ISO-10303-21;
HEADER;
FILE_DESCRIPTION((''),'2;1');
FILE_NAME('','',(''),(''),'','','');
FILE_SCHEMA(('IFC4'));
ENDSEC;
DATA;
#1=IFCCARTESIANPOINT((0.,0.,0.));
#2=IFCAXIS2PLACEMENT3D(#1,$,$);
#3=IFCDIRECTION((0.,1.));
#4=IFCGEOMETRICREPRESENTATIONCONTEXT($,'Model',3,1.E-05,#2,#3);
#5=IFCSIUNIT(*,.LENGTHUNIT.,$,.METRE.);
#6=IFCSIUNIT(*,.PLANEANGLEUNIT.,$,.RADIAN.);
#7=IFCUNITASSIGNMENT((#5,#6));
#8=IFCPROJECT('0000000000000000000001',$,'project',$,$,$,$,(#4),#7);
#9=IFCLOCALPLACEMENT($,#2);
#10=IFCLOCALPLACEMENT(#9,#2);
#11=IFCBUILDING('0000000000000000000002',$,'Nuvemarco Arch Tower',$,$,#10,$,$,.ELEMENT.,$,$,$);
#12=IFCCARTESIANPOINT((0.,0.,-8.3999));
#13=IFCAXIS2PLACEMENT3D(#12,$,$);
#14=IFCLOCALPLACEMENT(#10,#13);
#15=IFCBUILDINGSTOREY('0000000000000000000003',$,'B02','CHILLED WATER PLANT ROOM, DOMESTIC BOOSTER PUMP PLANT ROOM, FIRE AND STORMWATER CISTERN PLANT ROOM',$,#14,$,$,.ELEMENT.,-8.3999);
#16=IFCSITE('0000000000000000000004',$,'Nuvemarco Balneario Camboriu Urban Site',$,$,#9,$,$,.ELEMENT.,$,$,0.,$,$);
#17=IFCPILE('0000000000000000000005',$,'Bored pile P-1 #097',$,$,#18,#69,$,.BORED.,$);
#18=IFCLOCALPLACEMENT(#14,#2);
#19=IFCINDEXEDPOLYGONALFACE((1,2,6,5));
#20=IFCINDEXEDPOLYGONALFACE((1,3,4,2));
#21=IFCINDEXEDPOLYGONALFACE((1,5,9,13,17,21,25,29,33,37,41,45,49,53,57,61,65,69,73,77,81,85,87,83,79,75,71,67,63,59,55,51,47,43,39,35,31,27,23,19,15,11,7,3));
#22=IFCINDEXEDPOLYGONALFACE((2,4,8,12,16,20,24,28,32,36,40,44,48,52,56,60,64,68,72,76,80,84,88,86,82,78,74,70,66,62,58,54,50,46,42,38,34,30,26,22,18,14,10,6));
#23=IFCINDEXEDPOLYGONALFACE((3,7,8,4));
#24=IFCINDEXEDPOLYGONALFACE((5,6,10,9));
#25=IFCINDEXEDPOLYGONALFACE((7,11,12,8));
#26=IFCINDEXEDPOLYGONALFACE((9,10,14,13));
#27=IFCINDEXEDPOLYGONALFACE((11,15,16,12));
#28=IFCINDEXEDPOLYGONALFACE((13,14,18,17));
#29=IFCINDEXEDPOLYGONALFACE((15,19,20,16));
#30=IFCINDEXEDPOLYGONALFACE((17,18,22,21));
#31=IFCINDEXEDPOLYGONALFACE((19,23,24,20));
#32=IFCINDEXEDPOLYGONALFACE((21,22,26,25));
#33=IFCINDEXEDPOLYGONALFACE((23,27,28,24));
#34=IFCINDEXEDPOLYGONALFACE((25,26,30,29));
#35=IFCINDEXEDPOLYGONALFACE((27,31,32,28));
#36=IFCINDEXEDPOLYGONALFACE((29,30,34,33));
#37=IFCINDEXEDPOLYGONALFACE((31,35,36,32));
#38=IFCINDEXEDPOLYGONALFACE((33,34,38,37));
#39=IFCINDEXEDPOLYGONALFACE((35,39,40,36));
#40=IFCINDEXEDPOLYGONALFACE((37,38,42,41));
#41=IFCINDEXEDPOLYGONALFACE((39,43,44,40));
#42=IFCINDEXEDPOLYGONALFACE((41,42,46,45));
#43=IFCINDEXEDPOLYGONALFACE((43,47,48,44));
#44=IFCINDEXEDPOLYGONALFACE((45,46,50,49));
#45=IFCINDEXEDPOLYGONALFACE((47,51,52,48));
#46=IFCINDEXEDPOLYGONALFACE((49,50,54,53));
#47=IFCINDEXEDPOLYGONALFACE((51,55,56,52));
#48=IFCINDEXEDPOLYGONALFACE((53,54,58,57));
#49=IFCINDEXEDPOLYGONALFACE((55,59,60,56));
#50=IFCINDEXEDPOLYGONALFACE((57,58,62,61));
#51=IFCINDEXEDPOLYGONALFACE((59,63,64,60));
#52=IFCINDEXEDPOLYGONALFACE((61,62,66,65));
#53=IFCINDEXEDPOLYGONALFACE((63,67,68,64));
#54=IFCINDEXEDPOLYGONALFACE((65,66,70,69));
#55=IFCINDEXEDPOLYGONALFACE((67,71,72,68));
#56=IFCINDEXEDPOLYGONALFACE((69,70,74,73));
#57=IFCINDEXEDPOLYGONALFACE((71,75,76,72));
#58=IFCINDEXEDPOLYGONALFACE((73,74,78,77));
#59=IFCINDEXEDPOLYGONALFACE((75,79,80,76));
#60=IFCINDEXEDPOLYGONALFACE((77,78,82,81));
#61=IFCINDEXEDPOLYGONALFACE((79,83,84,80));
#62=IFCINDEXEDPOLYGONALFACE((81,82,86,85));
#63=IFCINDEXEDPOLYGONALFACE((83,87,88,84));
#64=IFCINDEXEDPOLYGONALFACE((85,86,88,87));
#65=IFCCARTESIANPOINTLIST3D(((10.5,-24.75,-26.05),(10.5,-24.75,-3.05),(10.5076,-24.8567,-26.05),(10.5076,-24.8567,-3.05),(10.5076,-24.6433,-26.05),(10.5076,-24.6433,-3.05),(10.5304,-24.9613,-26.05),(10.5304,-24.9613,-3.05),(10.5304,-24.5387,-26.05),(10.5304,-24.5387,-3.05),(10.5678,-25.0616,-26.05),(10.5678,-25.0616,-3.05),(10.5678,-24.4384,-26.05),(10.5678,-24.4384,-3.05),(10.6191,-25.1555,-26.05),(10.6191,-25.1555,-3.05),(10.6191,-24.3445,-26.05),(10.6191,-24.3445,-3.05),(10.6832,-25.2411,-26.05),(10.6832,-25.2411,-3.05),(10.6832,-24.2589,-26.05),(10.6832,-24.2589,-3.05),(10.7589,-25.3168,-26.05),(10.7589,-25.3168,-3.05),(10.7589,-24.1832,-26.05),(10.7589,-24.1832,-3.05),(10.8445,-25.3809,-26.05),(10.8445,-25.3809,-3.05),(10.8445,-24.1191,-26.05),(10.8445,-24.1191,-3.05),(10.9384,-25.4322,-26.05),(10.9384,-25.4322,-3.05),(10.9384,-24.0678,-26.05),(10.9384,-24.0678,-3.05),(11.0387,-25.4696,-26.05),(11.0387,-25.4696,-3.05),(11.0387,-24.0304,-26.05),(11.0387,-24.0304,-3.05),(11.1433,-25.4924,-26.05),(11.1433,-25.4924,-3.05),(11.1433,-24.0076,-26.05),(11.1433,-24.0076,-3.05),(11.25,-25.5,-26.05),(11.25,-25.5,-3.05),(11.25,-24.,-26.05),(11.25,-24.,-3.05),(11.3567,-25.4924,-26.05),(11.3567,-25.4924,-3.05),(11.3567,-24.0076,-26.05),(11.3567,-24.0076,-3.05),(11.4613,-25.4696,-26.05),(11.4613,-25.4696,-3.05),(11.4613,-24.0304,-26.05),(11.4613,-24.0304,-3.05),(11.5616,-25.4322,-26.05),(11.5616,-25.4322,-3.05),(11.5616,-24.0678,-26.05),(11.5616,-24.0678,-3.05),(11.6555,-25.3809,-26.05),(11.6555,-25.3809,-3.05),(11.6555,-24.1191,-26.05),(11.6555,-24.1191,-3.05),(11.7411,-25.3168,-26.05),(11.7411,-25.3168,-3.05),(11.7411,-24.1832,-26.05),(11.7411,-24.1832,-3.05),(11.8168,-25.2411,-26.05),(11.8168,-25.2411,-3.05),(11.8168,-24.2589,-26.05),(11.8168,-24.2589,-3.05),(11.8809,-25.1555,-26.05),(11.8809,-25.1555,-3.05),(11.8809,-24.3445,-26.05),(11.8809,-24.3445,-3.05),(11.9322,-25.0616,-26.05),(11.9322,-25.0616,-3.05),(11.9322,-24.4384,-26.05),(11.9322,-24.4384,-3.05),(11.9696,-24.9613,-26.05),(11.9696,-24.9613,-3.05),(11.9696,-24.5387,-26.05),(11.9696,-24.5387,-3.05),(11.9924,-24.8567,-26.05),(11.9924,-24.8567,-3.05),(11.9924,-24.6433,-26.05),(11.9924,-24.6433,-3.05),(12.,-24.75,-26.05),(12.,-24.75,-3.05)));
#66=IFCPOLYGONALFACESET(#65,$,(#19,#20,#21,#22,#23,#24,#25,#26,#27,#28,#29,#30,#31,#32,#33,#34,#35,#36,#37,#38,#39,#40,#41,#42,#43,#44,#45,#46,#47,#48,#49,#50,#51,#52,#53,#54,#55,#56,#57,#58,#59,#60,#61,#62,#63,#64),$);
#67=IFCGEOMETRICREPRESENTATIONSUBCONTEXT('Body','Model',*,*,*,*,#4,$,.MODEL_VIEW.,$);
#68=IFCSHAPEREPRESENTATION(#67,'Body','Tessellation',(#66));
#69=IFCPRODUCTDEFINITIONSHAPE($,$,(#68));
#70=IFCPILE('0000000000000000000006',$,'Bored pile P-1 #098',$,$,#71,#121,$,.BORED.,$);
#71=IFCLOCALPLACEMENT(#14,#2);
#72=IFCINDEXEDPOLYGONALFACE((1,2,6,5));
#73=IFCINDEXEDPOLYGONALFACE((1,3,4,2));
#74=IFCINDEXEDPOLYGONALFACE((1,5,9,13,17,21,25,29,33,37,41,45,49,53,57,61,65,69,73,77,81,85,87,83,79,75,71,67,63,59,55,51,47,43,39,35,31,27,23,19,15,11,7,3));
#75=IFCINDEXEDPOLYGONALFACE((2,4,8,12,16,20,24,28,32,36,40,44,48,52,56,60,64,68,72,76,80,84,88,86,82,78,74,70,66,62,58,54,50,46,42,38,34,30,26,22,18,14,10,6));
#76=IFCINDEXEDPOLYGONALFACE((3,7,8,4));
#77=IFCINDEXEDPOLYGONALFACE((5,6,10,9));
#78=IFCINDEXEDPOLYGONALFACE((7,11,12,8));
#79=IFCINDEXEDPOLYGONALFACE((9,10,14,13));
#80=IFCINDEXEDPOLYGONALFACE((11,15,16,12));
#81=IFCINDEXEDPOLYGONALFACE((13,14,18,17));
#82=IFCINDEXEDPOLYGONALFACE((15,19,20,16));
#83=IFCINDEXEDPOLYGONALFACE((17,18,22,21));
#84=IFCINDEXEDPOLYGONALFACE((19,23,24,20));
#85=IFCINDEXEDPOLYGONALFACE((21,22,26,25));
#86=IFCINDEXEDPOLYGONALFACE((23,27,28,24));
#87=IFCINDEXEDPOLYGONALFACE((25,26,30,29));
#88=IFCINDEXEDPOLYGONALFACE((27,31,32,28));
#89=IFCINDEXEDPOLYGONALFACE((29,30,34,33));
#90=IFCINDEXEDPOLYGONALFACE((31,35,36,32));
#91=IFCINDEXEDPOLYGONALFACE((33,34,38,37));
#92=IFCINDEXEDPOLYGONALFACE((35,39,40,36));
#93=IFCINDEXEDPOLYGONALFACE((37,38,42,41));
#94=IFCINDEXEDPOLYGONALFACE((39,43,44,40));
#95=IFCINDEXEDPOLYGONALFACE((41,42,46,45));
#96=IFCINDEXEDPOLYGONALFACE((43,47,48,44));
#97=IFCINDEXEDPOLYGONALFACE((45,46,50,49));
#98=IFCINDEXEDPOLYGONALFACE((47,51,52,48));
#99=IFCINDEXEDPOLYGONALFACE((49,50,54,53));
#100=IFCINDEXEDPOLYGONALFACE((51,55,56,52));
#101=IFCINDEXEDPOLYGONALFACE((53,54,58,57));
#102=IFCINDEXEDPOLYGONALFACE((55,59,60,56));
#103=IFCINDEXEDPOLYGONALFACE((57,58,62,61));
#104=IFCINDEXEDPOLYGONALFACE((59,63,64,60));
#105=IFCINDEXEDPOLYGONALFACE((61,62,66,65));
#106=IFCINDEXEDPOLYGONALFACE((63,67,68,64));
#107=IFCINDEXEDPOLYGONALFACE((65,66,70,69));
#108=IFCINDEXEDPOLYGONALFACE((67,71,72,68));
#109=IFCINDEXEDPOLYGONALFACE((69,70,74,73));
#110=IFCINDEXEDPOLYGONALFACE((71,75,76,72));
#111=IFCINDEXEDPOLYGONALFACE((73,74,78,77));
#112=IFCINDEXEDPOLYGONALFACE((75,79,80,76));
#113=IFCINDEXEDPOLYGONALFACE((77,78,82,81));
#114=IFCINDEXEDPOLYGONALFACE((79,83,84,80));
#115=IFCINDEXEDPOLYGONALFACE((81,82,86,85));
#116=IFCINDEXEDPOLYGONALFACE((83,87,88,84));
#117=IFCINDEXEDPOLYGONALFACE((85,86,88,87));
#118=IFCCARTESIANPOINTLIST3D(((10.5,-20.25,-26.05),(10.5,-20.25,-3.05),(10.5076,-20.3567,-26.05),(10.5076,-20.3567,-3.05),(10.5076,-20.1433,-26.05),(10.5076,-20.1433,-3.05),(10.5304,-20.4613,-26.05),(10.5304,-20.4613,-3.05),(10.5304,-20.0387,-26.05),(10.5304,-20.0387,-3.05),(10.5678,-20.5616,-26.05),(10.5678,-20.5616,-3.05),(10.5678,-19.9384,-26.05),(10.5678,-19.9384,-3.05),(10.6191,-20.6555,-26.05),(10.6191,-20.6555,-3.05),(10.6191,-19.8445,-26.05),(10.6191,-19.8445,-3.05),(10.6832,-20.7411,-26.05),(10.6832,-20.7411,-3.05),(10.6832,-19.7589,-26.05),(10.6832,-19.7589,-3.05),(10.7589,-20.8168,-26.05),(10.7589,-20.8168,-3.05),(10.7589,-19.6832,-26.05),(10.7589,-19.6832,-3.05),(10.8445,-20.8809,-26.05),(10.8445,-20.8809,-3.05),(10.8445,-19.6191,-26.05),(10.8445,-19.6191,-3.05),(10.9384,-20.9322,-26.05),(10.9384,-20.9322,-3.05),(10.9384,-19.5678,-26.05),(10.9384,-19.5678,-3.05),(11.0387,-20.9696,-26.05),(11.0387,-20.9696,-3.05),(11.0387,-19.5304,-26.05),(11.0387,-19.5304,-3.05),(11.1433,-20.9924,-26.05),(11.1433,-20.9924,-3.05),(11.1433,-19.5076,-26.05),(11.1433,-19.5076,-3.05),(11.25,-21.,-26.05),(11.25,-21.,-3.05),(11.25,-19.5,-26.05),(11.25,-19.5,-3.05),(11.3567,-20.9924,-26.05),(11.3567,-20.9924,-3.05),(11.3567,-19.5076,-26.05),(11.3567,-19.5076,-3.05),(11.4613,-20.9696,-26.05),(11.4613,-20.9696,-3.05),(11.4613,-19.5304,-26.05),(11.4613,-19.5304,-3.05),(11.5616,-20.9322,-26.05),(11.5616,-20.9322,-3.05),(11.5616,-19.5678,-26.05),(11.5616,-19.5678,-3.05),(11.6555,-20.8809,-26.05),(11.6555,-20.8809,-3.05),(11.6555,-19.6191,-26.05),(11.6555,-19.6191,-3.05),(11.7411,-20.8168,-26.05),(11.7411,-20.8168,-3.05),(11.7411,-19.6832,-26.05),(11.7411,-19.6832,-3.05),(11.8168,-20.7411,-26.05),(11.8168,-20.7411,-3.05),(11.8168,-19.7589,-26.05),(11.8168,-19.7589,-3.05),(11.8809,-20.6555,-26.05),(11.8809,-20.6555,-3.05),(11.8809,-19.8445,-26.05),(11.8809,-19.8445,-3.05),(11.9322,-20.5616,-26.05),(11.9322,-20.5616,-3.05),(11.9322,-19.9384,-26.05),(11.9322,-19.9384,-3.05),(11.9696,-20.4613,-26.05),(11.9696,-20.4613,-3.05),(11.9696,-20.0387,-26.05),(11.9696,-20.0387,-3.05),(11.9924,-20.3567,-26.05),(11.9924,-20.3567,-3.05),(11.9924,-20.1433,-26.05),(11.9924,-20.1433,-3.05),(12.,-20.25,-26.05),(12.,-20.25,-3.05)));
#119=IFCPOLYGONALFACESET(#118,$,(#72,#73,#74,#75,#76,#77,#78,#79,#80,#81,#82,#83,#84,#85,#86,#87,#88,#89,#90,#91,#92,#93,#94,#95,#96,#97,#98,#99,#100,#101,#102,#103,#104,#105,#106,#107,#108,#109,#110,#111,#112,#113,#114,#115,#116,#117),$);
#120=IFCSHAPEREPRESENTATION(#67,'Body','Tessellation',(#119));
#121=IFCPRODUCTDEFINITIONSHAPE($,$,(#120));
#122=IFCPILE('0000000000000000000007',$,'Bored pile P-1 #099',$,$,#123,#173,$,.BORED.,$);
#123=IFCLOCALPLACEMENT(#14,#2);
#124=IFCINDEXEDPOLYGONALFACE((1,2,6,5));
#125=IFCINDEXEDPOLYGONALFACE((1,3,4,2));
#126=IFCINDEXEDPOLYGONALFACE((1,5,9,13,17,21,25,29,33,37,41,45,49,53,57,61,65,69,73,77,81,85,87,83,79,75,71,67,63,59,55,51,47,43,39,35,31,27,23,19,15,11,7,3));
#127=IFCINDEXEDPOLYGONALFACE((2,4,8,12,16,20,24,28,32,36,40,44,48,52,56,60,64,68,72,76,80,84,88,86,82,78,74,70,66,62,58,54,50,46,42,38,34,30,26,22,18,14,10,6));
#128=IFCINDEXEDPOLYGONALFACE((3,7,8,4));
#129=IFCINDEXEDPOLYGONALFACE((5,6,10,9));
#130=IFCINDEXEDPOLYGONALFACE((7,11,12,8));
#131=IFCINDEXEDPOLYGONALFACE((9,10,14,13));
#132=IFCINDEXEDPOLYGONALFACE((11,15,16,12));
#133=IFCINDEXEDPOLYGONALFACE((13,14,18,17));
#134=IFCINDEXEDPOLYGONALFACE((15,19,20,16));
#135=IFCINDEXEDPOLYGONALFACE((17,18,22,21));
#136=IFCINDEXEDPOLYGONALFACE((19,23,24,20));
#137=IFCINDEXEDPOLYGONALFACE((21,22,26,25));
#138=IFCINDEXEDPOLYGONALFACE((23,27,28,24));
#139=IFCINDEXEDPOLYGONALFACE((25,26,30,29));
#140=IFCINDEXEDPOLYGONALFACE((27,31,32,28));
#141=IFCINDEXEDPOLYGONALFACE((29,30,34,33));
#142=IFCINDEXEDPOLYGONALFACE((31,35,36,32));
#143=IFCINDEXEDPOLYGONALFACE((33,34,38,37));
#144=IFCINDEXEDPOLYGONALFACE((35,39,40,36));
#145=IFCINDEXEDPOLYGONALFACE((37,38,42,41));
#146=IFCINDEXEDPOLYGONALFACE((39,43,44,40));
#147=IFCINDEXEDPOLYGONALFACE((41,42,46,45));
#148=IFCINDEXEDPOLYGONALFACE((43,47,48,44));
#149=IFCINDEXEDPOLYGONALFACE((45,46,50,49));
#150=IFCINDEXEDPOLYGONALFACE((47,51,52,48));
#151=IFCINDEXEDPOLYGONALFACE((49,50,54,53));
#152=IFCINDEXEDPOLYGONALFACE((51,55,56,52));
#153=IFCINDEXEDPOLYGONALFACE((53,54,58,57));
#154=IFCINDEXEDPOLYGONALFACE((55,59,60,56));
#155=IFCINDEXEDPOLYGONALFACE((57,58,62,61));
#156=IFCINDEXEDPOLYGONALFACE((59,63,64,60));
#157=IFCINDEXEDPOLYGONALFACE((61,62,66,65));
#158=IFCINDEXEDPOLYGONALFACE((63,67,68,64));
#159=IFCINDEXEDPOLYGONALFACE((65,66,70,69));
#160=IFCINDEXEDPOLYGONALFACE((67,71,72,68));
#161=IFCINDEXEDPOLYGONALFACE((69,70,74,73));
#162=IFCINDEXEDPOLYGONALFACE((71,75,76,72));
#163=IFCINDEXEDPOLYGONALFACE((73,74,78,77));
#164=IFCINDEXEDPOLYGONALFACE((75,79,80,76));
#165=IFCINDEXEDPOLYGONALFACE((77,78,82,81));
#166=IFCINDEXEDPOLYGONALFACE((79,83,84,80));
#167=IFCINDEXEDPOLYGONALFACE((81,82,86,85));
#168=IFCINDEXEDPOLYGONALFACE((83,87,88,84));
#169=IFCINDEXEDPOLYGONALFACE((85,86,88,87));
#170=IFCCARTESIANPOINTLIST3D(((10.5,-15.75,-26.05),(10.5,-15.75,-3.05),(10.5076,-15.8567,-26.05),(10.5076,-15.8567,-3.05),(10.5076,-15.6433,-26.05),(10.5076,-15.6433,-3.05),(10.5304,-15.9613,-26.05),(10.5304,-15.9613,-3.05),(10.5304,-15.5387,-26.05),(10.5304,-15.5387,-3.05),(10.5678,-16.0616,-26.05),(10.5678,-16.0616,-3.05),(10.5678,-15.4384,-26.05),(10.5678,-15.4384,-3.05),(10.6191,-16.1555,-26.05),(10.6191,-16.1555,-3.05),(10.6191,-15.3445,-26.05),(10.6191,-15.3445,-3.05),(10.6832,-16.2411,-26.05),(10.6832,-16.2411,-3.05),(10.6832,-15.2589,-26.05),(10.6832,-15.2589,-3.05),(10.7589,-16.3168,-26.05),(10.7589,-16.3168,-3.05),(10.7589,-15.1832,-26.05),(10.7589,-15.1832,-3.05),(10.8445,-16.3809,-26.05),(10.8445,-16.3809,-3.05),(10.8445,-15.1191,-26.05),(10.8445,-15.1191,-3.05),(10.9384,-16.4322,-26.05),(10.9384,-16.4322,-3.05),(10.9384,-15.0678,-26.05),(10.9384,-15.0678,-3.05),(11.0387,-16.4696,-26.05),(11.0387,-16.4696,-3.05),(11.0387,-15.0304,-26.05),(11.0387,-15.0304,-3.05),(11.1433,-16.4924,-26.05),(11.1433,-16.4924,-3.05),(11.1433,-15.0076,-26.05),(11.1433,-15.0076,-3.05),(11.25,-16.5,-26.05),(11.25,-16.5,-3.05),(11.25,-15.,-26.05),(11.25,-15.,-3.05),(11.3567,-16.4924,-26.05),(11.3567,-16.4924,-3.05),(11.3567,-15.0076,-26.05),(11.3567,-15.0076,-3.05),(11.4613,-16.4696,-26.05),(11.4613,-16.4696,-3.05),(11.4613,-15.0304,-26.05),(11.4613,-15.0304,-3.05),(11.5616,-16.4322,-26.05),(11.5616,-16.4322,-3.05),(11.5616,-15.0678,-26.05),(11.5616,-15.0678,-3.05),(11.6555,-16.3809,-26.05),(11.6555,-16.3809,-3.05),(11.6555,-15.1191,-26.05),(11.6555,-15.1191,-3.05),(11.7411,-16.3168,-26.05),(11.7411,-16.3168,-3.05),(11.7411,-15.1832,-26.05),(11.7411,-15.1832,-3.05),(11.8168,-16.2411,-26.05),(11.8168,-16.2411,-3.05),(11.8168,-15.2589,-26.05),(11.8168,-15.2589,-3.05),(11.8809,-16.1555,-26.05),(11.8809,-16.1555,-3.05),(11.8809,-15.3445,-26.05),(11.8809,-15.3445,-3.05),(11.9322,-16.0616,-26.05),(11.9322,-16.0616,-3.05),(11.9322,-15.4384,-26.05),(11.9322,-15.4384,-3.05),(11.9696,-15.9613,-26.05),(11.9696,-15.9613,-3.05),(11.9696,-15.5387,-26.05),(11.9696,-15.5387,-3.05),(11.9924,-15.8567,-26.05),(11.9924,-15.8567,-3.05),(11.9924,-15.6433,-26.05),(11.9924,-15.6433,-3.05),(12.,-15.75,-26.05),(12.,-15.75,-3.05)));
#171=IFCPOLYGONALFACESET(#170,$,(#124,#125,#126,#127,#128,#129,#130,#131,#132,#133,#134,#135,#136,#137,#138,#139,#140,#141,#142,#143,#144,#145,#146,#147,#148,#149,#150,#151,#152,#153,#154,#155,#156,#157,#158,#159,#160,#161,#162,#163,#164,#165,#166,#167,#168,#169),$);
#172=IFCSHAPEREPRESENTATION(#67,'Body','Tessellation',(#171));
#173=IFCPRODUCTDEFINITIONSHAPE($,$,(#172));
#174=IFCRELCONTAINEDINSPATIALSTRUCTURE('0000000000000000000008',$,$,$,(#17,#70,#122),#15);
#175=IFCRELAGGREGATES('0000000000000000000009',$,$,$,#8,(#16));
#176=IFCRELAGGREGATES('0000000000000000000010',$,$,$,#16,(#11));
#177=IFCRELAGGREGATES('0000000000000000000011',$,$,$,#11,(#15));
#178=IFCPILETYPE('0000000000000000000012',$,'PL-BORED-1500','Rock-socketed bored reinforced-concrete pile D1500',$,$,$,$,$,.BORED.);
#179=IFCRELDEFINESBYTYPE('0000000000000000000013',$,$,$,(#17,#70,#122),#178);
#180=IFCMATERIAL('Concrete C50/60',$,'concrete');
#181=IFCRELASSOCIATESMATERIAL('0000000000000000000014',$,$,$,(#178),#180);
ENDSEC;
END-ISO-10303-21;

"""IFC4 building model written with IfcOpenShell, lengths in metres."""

from ifc_helpers import new_model, si_unit, direction, frame, origin, origin_2d, place, context, subcontext, project, spatial, circle, extrude, material, material_profile, profile_set, type_object, element, save


model = new_model("IFC4")

# Units and contexts
model_context = context("Model", 3, precision=1e-05, world=origin(), true_north=direction((0.0, 1.0)))
body_context = subcontext(model_context, "Body", "Model", "MODEL_VIEW")
ifc_project = project(units=[si_unit("LENGTHUNIT", "METRE"), si_unit("PLANEANGLEUNIT", "RADIAN")], contexts=[model_context])

# Site, building, storey
site_placement = place(None, origin())
site = spatial("IfcSite", under=ifc_project, at=site_placement, Name="Nuvemarco Balneario Camboriu Urban Site", CompositionType="ELEMENT", RefElevation=0.0)
building_placement = place(site_placement, origin())
building = spatial("IfcBuilding", under=site, at=building_placement, Name="Nuvemarco Arch Tower", CompositionType="ELEMENT")
storey_placement = place(building_placement, frame((0.0, 0.0, -8.3999)))
storey = spatial("IfcBuildingStorey", under=building, at=storey_placement, Name="B02", Description="CHILLED WATER PLANT ROOM, DOMESTIC BOOSTER PUMP PLANT ROOM, FIRE AND STORMWATER CISTERN PLANT ROOM", CompositionType="ELEMENT", Elevation=-8.3999)

# Piles
ifc_material_1 = material(Name="Concrete C50/60", Category="concrete")
ifc_material_profile_1 = material_profile(ifc_material_1, circle(Radius=0.75, at=origin_2d()), Name="PILE-D1500")
ifc_profile_set_1 = profile_set([ifc_material_profile_1], Name="Concrete C50/60")
pile_type = type_object("IfcPileType", Name="PL-BORED-1500", Description="Rock-socketed bored reinforced-concrete pile D1500", PredefinedType="BORED", material=ifc_profile_set_1)
for number, where, z_axis, x_axis, name in (
    (1, (11.25, -24.75, -3.05), (0.0, 0.0, -1.0), (1.0, 0.0, 0.0), "Bored pile P-1 #097"),
    (2, (11.25, -20.25, -3.05), (0.0, 0.0, -1.0), (1.0, 0.0, 0.0), "Bored pile P-1 #098"),
    (3, (11.25, -15.75, -3.05), (0.0, 0.0, -1.0), (1.0, 0.0, 0.0), "Bored pile P-1 #099"),
):
    element("IfcPile", number, at=place(storey_placement, frame(where, z_axis=z_axis, x_axis=x_axis)), inside=storey, type_object=pile_type, Name=name, PredefinedType="BORED", context=body_context, shape_type="SweptSolid", body=[
        extrude(circle(Radius=0.75, at=origin_2d()), origin(), (0.0, 0.0, 1.0), 23.0),
    ])

save(model, "model.ifc")
